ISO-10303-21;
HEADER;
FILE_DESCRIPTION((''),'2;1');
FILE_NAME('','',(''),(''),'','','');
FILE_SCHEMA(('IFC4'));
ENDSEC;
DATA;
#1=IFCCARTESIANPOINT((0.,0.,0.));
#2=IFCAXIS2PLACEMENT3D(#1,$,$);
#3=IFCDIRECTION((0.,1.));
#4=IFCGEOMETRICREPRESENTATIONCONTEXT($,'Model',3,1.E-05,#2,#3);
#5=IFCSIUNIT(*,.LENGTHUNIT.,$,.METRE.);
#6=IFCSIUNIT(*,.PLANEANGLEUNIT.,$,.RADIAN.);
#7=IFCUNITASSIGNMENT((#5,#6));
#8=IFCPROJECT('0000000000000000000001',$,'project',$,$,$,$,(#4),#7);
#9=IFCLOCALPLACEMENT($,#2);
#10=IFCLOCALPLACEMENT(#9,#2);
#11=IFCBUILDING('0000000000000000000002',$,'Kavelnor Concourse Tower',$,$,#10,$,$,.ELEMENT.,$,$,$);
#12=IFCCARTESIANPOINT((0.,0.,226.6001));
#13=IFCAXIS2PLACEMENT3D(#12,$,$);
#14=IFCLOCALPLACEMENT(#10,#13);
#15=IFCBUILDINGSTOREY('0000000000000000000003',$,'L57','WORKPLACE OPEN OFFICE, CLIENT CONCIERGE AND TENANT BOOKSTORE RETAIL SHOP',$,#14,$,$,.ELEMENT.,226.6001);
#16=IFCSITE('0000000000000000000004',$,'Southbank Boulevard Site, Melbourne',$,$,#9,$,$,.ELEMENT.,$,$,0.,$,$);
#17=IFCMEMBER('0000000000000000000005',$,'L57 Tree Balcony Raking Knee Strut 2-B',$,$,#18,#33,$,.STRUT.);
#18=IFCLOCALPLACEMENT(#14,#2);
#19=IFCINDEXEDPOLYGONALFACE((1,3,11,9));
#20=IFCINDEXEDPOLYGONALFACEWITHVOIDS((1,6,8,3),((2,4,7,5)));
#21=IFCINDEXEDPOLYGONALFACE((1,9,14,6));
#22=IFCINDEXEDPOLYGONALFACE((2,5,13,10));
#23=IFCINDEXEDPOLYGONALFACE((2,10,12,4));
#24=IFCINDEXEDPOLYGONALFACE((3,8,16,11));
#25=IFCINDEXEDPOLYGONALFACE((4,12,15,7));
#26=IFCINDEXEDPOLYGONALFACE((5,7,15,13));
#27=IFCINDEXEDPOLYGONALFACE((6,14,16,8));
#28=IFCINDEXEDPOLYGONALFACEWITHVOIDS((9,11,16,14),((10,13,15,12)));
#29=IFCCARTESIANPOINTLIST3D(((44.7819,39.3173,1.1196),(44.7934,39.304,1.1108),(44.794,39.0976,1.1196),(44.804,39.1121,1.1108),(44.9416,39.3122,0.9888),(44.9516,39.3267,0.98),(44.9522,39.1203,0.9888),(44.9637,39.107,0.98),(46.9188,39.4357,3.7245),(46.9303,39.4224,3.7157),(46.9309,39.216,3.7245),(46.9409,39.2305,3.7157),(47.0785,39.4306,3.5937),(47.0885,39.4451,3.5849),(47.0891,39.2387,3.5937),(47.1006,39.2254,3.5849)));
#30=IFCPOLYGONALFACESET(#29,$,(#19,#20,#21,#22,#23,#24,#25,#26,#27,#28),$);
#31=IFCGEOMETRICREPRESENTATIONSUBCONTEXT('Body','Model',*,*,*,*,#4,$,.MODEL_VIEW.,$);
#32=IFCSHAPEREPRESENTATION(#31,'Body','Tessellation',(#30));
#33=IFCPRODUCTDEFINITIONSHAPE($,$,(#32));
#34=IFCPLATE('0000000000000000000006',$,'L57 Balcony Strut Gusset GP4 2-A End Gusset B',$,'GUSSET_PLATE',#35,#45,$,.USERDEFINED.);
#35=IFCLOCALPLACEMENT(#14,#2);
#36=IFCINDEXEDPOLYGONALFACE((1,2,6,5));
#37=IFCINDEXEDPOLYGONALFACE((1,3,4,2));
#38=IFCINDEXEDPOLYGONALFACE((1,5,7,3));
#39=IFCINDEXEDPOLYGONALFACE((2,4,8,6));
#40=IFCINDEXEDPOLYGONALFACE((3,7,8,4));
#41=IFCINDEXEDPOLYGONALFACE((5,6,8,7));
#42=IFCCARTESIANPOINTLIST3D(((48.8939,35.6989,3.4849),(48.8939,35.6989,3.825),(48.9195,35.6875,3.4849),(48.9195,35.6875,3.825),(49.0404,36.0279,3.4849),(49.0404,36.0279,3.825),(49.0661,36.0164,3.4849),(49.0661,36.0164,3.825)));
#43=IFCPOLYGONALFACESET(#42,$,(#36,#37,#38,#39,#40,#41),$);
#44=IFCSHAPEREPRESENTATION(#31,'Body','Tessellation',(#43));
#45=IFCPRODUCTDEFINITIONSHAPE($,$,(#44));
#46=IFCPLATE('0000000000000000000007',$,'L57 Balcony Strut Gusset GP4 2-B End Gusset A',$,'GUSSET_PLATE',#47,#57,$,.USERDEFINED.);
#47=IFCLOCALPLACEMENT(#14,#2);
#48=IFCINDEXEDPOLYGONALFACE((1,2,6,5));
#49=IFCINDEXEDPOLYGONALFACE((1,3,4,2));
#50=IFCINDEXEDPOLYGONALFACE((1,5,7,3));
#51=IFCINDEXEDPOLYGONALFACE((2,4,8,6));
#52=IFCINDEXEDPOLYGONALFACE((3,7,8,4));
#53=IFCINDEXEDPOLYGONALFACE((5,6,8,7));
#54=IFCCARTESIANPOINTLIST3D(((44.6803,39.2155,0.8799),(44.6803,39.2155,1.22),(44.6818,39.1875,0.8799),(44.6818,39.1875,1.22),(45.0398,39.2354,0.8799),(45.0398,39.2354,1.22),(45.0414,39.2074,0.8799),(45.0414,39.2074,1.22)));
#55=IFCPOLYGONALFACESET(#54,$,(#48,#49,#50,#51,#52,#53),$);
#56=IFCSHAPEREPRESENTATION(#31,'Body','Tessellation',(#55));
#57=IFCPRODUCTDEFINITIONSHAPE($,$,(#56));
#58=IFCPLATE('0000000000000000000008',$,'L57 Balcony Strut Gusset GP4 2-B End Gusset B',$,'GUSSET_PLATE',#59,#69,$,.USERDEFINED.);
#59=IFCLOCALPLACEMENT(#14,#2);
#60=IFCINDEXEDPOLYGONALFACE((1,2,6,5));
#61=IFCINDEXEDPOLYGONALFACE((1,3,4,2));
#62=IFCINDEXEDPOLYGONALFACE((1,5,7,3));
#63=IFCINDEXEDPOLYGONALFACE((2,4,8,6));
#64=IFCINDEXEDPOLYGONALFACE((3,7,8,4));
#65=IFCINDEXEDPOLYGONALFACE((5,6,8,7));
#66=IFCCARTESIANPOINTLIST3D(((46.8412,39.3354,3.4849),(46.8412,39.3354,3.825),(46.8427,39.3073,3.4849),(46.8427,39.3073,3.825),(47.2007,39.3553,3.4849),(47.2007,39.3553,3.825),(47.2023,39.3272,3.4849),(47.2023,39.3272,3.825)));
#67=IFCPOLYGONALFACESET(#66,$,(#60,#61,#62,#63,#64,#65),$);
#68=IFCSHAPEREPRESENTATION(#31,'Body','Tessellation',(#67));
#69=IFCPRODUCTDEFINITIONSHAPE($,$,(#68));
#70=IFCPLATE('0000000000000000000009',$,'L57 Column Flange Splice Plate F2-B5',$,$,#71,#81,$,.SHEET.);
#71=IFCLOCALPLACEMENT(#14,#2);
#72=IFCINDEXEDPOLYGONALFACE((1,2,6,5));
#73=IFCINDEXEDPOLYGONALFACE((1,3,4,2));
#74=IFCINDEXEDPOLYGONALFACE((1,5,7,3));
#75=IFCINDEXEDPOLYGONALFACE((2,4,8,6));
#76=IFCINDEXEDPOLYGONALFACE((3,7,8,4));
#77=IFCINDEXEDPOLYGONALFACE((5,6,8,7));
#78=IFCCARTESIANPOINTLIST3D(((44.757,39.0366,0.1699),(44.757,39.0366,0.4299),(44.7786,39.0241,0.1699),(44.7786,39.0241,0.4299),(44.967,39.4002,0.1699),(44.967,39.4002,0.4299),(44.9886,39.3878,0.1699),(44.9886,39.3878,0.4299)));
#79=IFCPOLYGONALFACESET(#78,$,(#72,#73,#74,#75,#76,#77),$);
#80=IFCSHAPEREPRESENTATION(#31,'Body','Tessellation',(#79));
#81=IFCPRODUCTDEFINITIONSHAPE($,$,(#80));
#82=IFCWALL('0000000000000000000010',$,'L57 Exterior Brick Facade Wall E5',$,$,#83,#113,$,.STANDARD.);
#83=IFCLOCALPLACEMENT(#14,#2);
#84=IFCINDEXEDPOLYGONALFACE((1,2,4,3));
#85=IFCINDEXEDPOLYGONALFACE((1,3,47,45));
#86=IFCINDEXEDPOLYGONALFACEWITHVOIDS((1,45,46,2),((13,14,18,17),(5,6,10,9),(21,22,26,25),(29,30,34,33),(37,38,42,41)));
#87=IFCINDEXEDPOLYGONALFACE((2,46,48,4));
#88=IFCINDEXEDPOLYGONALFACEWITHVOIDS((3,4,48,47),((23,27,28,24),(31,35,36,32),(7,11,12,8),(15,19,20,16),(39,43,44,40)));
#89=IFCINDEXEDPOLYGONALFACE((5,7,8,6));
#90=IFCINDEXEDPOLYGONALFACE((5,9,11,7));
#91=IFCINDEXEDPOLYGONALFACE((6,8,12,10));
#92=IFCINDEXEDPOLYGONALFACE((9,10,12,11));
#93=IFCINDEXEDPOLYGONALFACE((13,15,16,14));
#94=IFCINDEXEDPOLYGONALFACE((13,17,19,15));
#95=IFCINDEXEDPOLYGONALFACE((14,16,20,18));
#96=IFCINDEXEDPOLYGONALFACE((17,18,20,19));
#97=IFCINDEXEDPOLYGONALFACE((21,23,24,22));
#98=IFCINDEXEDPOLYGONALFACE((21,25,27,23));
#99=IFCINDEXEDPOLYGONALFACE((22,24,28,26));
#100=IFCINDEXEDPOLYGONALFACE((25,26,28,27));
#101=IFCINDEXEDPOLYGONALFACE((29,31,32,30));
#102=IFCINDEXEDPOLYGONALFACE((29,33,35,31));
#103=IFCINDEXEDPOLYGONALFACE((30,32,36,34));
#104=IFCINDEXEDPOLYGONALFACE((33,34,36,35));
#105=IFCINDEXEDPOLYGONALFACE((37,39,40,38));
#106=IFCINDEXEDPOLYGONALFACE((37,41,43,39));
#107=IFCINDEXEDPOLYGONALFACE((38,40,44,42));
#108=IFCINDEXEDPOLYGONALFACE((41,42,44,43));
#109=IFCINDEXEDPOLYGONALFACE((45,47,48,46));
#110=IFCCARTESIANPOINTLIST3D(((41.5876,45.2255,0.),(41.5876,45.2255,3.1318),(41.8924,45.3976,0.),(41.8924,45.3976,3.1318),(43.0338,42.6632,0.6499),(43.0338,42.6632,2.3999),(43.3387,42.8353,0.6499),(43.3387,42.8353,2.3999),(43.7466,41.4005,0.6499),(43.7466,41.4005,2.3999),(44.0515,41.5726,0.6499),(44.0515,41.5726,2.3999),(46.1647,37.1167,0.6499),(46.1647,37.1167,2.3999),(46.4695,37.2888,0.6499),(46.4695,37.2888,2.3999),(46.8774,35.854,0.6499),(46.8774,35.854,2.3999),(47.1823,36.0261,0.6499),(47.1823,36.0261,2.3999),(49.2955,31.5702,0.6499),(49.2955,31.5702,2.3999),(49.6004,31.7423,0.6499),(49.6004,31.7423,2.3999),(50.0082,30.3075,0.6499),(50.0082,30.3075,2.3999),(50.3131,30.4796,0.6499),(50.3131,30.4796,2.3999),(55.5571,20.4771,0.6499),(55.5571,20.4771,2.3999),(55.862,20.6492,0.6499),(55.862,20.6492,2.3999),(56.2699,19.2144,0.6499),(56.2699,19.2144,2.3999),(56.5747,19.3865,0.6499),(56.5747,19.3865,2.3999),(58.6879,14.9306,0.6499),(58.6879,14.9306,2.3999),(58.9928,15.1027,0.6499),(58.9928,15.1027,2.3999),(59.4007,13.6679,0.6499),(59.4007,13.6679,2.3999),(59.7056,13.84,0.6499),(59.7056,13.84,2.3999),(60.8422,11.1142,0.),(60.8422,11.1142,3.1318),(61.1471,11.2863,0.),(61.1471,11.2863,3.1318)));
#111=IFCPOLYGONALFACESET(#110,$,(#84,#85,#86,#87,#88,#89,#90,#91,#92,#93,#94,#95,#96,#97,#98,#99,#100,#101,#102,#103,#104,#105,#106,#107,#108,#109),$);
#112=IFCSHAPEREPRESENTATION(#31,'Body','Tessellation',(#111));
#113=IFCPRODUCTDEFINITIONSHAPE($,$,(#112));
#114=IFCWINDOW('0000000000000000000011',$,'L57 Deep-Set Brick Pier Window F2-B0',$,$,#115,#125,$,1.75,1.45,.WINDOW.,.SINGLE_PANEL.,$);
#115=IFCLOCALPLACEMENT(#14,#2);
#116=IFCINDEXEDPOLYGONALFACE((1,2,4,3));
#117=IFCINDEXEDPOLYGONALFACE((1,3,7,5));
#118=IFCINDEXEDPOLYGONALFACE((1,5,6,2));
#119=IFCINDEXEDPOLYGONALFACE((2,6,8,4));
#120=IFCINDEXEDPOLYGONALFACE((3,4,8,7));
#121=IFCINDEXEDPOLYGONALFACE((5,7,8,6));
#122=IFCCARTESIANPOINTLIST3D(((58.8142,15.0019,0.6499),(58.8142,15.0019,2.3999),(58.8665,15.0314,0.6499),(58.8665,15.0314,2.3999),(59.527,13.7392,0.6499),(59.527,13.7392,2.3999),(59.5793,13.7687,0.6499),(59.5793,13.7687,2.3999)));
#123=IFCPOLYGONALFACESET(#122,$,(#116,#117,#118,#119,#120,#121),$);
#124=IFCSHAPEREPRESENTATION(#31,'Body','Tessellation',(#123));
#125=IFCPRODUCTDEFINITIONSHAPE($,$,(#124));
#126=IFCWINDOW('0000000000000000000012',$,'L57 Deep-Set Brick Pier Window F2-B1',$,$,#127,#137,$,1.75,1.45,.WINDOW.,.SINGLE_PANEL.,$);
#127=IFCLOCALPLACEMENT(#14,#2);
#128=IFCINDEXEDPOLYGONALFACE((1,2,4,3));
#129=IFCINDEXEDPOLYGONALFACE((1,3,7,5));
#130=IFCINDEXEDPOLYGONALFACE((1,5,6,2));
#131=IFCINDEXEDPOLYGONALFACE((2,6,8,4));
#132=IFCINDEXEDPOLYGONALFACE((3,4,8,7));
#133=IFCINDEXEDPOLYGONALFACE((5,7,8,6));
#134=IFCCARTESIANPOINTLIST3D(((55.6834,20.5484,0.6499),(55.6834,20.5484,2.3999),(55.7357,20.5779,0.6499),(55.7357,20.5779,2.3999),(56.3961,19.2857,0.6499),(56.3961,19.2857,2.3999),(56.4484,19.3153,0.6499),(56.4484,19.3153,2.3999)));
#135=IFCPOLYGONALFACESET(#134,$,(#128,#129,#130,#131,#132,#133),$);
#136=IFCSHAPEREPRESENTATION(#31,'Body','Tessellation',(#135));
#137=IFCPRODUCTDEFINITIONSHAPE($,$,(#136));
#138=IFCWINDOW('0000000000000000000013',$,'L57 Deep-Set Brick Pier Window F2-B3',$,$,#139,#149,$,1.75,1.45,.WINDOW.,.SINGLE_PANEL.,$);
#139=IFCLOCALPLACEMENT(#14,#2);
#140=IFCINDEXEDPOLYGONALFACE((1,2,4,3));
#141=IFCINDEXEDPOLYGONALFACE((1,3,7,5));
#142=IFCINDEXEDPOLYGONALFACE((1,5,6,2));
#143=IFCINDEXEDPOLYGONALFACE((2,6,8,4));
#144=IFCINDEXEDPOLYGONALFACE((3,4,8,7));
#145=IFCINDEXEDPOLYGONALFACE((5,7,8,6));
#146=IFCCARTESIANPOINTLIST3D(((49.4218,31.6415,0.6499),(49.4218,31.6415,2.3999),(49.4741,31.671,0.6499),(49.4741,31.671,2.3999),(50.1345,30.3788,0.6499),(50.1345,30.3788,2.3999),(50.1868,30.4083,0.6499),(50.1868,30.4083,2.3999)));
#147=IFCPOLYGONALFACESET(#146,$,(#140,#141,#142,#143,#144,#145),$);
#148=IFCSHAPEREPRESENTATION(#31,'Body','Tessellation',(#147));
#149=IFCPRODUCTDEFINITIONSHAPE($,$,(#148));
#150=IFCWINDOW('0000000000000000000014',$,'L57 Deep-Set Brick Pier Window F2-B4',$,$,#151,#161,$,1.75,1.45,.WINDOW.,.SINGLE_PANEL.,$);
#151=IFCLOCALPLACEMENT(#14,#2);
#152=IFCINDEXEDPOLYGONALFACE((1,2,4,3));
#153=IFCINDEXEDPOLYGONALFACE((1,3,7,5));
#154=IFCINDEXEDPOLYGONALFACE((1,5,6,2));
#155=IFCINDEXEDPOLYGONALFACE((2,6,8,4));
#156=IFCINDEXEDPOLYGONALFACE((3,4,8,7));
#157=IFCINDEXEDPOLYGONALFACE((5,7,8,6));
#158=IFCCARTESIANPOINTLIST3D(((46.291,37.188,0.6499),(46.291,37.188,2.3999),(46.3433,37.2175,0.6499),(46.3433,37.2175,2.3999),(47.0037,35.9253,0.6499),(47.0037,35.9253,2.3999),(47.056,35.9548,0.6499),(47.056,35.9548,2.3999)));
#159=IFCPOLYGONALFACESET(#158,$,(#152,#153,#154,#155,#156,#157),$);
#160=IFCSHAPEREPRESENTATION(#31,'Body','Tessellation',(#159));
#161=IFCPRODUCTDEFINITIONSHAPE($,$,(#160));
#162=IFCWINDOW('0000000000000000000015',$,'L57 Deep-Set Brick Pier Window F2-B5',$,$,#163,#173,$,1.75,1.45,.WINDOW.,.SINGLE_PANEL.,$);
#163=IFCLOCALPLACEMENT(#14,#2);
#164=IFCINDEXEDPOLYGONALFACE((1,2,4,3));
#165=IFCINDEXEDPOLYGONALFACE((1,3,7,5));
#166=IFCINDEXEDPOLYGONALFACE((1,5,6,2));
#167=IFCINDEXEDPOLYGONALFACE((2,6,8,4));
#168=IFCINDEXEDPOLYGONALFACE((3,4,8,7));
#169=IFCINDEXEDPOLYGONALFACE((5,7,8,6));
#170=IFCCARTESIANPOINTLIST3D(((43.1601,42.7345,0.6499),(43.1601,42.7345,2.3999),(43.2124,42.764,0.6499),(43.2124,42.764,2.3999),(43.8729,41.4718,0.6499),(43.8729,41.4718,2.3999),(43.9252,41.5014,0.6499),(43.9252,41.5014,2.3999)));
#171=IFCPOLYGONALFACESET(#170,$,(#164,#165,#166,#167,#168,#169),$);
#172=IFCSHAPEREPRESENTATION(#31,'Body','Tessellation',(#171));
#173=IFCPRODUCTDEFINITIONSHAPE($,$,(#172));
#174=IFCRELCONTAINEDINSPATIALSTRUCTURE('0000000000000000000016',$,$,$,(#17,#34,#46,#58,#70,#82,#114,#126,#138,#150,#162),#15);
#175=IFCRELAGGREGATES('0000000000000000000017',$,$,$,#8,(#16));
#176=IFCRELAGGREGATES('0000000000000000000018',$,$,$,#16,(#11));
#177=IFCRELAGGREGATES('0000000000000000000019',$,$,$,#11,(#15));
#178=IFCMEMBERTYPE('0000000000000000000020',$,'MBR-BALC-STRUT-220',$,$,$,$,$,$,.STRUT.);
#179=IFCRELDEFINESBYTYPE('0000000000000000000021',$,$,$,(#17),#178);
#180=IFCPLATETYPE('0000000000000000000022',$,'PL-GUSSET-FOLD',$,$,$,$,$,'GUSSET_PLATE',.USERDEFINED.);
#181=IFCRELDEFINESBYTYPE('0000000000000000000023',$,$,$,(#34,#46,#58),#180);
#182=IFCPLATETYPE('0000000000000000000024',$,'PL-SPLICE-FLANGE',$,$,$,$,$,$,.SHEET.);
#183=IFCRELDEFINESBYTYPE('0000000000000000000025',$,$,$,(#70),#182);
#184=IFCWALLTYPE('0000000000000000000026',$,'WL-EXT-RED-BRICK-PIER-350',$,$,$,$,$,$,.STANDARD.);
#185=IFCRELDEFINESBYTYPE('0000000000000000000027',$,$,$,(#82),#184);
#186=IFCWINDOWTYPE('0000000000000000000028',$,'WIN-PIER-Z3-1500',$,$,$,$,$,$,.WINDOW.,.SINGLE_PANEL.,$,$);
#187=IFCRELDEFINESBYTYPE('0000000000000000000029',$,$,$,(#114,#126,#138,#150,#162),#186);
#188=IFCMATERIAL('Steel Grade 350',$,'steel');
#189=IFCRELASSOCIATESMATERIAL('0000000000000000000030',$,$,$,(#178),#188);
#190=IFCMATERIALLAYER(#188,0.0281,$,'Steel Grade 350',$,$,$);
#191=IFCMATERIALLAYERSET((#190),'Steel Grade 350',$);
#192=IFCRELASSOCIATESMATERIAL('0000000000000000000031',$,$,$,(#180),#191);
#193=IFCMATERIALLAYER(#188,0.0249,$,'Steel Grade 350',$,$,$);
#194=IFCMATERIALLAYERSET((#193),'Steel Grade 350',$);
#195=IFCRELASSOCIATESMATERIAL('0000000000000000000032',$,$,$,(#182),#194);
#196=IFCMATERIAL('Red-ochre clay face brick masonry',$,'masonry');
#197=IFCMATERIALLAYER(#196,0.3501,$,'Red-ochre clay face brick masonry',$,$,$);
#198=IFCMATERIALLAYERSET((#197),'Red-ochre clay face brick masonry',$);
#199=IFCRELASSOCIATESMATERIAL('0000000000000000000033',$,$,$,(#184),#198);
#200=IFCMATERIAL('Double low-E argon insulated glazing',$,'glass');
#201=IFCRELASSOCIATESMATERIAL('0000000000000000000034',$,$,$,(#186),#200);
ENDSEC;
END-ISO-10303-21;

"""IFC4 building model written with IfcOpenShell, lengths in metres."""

from ifc_helpers import new_model, si_unit, direction, frame, frame_2d, origin, origin_2d, place, context, subcontext, project, spatial, rectangle, hollow_rectangle, extrude, material, layer, layer_set, material_profile, profile_set, type_object, element, fill, save


model = new_model("IFC4")

# Units and contexts
model_context = context("Model", 3, precision=1e-05, world=origin(), true_north=direction((0.0, 1.0)))
body_context = subcontext(model_context, "Body", "Model", "MODEL_VIEW")
ifc_project = project(units=[si_unit("LENGTHUNIT", "METRE"), si_unit("PLANEANGLEUNIT", "RADIAN")], contexts=[model_context])

# Site, building, storey
site_placement = place(None, origin())
site = spatial("IfcSite", under=ifc_project, at=site_placement, Name="Southbank Boulevard Site, Melbourne", CompositionType="ELEMENT", RefElevation=0.0)
building_placement = place(site_placement, origin())
building = spatial("IfcBuilding", under=site, at=building_placement, Name="Kavelnor Concourse Tower", CompositionType="ELEMENT")
storey_placement = place(building_placement, frame((0.0, 0.0, 226.6001)))
storey = spatial("IfcBuildingStorey", under=building, at=storey_placement, Name="L57", Description="WORKPLACE OPEN OFFICE, CLIENT CONCIERGE AND TENANT BOOKSTORE RETAIL SHOP", CompositionType="ELEMENT", Elevation=226.6001)

# Shared definitions
ifc_material_1 = material(Name="Steel Grade 350", Category="steel")

# Member
ifc_material_profile_1 = material_profile(ifc_material_1, hollow_rectangle(XDim=0.22, YDim=0.22, WallThickness=0.0139, at=origin_2d()), Name="SHS 220x220x14")
ifc_profile_set_1 = profile_set([ifc_material_profile_1], Name="Steel Grade 350")
member_type = type_object("IfcMemberType", Name="MBR-BALC-STRUT-220", PredefinedType="STRUT", material=ifc_profile_set_1)
member_1_placement = place(storey_placement, frame((44.8728, 39.2122, 1.0498), z_axis=(0.633844, 0.035121, 0.772663), x_axis=(-0.055325, 0.998468, 0.0)))
element("IfcMember", 1, at=member_1_placement, inside=storey, type_object=member_type, Name="L57 Tree Balcony Raking Knee Strut 2-B", PredefinedType="STRUT", context=body_context, shape_type="SweptSolid", body=[
    extrude(hollow_rectangle(XDim=0.22, YDim=0.22, WallThickness=0.0139, at=origin_2d()), origin(), (0.0, 0.0, 1.0), 3.3713),
])

# Plates
ifc_layer_1 = layer(ifc_material_1, 0.0281, Name="Steel Grade 350")
ifc_layer_set_1 = layer_set([ifc_layer_1], Name="Steel Grade 350")
plate_type_1 = type_object("IfcPlateType", Name="PL-GUSSET-FOLD", ElementType="GUSSET_PLATE", PredefinedType="USERDEFINED", material=ifc_layer_set_1)
for number, where, z_axis, x_axis, name in (
    (2, (48.98, 35.8577, 3.4849), (0.0, 0.0, 1.0), (0.406896, 0.913474, 0.0), "L57 Balcony Strut Gusset GP4 2-A End Gusset B"),
    (3, (44.8608, 39.2114, 0.8799), (0.0, 0.0, 1.0), (0.99847, 0.055299, 0.0), "L57 Balcony Strut Gusset GP4 2-B End Gusset A"),
    (4, (47.0217, 39.3313, 3.4849), (0.0, 0.0, 1.0), (0.99847, 0.055299, 0.0), "L57 Balcony Strut Gusset GP4 2-B End Gusset B"),
):
    element("IfcPlate", number, at=place(storey_placement, frame(where, z_axis=z_axis, x_axis=x_axis)), inside=storey, type_object=plate_type_1, Name=name, ObjectType="GUSSET_PLATE", PredefinedType="USERDEFINED", context=body_context, shape_type="SweptSolid", body=[
        extrude(rectangle(XDim=0.3601, YDim=0.0281, at=origin_2d()), origin(), (0.0, 0.0, 1.0), 0.3401),
    ])
ifc_layer_2 = layer(ifc_material_1, 0.0249, Name="Steel Grade 350")
ifc_layer_set_2 = layer_set([ifc_layer_2], Name="Steel Grade 350")
plate_type_2 = type_object("IfcPlateType", Name="PL-SPLICE-FLANGE", PredefinedType="SHEET", material=ifc_layer_set_2)
plate_placement = place(storey_placement, frame((44.8728, 39.2122, 0.1699), z_axis=(0.0, 0.0, 1.0), x_axis=(-0.5, -0.866025, 0.0)))
element("IfcPlate", 5, at=plate_placement, inside=storey, type_object=plate_type_2, Name="L57 Column Flange Splice Plate F2-B5", PredefinedType="SHEET", context=body_context, shape_type="SweptSolid", body=[
    extrude(rectangle(XDim=0.4199, YDim=0.0249, at=origin_2d()), origin(), (0.0, 0.0, 1.0), 0.26),
])

# Wall, openings, windows
ifc_material_2 = material(Name="Red-ochre clay face brick masonry", Category="masonry")
ifc_layer_3 = layer(ifc_material_2, 0.3501, Name="Red-ochre clay face brick masonry")
ifc_layer_set_3 = layer_set([ifc_layer_3], Name="Red-ochre clay face brick masonry")
wall_type_1 = type_object("IfcWallType", Name="WL-EXT-RED-BRICK-PIER-350", PredefinedType="STANDARD", material=ifc_layer_set_3)
wall_1_placement = place(storey_placement, frame((41.74, 45.3115, 0.0), z_axis=(0.0, 0.0, 1.0), x_axis=(0.49156, -0.870844, 0.0)))
wall_1 = element("IfcWall", 6, at=wall_1_placement, inside=storey, type_object=wall_type_1, Name="L57 Exterior Brick Facade Wall E5", PredefinedType="STANDARD", context=body_context, shape_type="SweptSolid", body=[
    extrude(rectangle(XDim=39.1704, YDim=0.3501, at=frame_2d((19.5852, 0.0))), origin(), (0.0, 0.0, 1.0), 3.1318),
])
opening_1_placement = place(wall_1_placement, frame((34.7878, 0.0, 0.6499)))
opening_1 = element("IfcOpeningElement", 7, at=opening_1_placement, cuts=wall_1, PredefinedType="OPENING", context=body_context, shape_type="SweptSolid", body=[
    extrude(rectangle(XDim=1.45, YDim=1.75, at=frame_2d((0.7251, 0.875))), frame((0.0, 0.1851, 0.0), z_axis=(0.0, -1.0, 0.0), x_axis=(1.0, 0.0, 0.0)), (0.0, 0.0, 1.0), 0.3701),
])
opening_2_placement = place(wall_1_placement, frame((28.4187, 0.0, 0.6499)))
opening_2 = element("IfcOpeningElement", 8, at=opening_2_placement, cuts=wall_1, PredefinedType="OPENING", context=body_context, shape_type="SweptSolid", body=[
    extrude(rectangle(XDim=1.45, YDim=1.75, at=frame_2d((0.7251, 0.875))), frame((0.0, 0.1851, 0.0), z_axis=(0.0, -1.0, 0.0), x_axis=(1.0, 0.0, 0.0)), (0.0, 0.0, 1.0), 0.3701),
])
opening_3_placement = place(wall_1_placement, frame((15.6804, 0.0, 0.6499)))
opening_3 = element("IfcOpeningElement", 9, at=opening_3_placement, cuts=wall_1, PredefinedType="OPENING", context=body_context, shape_type="SweptSolid", body=[
    extrude(rectangle(XDim=1.45, YDim=1.75, at=frame_2d((0.7251, 0.875))), frame((0.0, 0.1851, 0.0), z_axis=(0.0, -1.0, 0.0), x_axis=(1.0, 0.0, 0.0)), (0.0, 0.0, 1.0), 0.3701),
])
opening_4_placement = place(wall_1_placement, frame((9.3113, 0.0, 0.6499)))
opening_4 = element("IfcOpeningElement", 10, at=opening_4_placement, cuts=wall_1, PredefinedType="OPENING", context=body_context, shape_type="SweptSolid", body=[
    extrude(rectangle(XDim=1.45, YDim=1.75, at=frame_2d((0.7251, 0.875))), frame((0.0, 0.1851, 0.0), z_axis=(0.0, -1.0, 0.0), x_axis=(1.0, 0.0, 0.0)), (0.0, 0.0, 1.0), 0.3701),
])
opening_5_placement = place(wall_1_placement, frame((2.9421, 0.0, 0.6499)))
opening_5 = element("IfcOpeningElement", 11, at=opening_5_placement, cuts=wall_1, PredefinedType="OPENING", context=body_context, shape_type="SweptSolid", body=[
    extrude(rectangle(XDim=1.45, YDim=1.75, at=frame_2d((0.7251, 0.875))), frame((0.0, 0.1851, 0.0), z_axis=(0.0, -1.0, 0.0), x_axis=(1.0, 0.0, 0.0)), (0.0, 0.0, 1.0), 0.3701),
])
ifc_material_3 = material(Name="Double low-E argon insulated glazing", Category="glass")
window_type = type_object("IfcWindowType", Name="WIN-PIER-Z3-1500", PartitioningType="SINGLE_PANEL", PredefinedType="WINDOW", material=ifc_material_3)
window_1_placement = place(opening_1_placement, origin())
window_1 = element("IfcWindow", 12, at=window_1_placement, inside=storey, type_object=window_type, Name="L57 Deep-Set Brick Pier Window F2-B0", OverallHeight=1.75, OverallWidth=1.45, PartitioningType="SINGLE_PANEL", PredefinedType="WINDOW", context=body_context, shape_type="SweptSolid", body=[
    extrude(rectangle(XDim=1.45, YDim=1.75, at=frame_2d((0.7251, 0.875))), frame((0.0, 0.03, 0.0), z_axis=(0.0, -1.0, 0.0), x_axis=(1.0, 0.0, 0.0)), (0.0, 0.0, 1.0), 0.0601),
])
fill(opening_1, window_1)
window_2_placement = place(opening_2_placement, origin())
window_2 = element("IfcWindow", 13, at=window_2_placement, inside=storey, type_object=window_type, Name="L57 Deep-Set Brick Pier Window F2-B1", OverallHeight=1.75, OverallWidth=1.45, PartitioningType="SINGLE_PANEL", PredefinedType="WINDOW", context=body_context, shape_type="SweptSolid", body=[
    extrude(rectangle(XDim=1.45, YDim=1.75, at=frame_2d((0.7251, 0.875))), frame((0.0, 0.03, 0.0), z_axis=(0.0, -1.0, 0.0), x_axis=(1.0, 0.0, 0.0)), (0.0, 0.0, 1.0), 0.0601),
])
fill(opening_2, window_2)
window_3_placement = place(opening_3_placement, origin())
window_3 = element("IfcWindow", 14, at=window_3_placement, inside=storey, type_object=window_type, Name="L57 Deep-Set Brick Pier Window F2-B3", OverallHeight=1.75, OverallWidth=1.45, PartitioningType="SINGLE_PANEL", PredefinedType="WINDOW", context=body_context, shape_type="SweptSolid", body=[
    extrude(rectangle(XDim=1.45, YDim=1.75, at=frame_2d((0.7251, 0.875))), frame((0.0, 0.03, 0.0), z_axis=(0.0, -1.0, 0.0), x_axis=(1.0, 0.0, 0.0)), (0.0, 0.0, 1.0), 0.0601),
])
fill(opening_3, window_3)
window_4_placement = place(opening_4_placement, origin())
window_4 = element("IfcWindow", 15, at=window_4_placement, inside=storey, type_object=window_type, Name="L57 Deep-Set Brick Pier Window F2-B4", OverallHeight=1.75, OverallWidth=1.45, PartitioningType="SINGLE_PANEL", PredefinedType="WINDOW", context=body_context, shape_type="SweptSolid", body=[
    extrude(rectangle(XDim=1.45, YDim=1.75, at=frame_2d((0.7251, 0.875))), frame((0.0, 0.03, 0.0), z_axis=(0.0, -1.0, 0.0), x_axis=(1.0, 0.0, 0.0)), (0.0, 0.0, 1.0), 0.0601),
])
fill(opening_4, window_4)
window_5_placement = place(opening_5_placement, origin())
window_5 = element("IfcWindow", 16, at=window_5_placement, inside=storey, type_object=window_type, Name="L57 Deep-Set Brick Pier Window F2-B5", OverallHeight=1.75, OverallWidth=1.45, PartitioningType="SINGLE_PANEL", PredefinedType="WINDOW", context=body_context, shape_type="SweptSolid", body=[
    extrude(rectangle(XDim=1.45, YDim=1.75, at=frame_2d((0.7251, 0.875))), frame((0.0, 0.03, 0.0), z_axis=(0.0, -1.0, 0.0), x_axis=(1.0, 0.0, 0.0)), (0.0, 0.0, 1.0), 0.0601),
])
fill(opening_5, window_5)

save(model, "model.ifc")
